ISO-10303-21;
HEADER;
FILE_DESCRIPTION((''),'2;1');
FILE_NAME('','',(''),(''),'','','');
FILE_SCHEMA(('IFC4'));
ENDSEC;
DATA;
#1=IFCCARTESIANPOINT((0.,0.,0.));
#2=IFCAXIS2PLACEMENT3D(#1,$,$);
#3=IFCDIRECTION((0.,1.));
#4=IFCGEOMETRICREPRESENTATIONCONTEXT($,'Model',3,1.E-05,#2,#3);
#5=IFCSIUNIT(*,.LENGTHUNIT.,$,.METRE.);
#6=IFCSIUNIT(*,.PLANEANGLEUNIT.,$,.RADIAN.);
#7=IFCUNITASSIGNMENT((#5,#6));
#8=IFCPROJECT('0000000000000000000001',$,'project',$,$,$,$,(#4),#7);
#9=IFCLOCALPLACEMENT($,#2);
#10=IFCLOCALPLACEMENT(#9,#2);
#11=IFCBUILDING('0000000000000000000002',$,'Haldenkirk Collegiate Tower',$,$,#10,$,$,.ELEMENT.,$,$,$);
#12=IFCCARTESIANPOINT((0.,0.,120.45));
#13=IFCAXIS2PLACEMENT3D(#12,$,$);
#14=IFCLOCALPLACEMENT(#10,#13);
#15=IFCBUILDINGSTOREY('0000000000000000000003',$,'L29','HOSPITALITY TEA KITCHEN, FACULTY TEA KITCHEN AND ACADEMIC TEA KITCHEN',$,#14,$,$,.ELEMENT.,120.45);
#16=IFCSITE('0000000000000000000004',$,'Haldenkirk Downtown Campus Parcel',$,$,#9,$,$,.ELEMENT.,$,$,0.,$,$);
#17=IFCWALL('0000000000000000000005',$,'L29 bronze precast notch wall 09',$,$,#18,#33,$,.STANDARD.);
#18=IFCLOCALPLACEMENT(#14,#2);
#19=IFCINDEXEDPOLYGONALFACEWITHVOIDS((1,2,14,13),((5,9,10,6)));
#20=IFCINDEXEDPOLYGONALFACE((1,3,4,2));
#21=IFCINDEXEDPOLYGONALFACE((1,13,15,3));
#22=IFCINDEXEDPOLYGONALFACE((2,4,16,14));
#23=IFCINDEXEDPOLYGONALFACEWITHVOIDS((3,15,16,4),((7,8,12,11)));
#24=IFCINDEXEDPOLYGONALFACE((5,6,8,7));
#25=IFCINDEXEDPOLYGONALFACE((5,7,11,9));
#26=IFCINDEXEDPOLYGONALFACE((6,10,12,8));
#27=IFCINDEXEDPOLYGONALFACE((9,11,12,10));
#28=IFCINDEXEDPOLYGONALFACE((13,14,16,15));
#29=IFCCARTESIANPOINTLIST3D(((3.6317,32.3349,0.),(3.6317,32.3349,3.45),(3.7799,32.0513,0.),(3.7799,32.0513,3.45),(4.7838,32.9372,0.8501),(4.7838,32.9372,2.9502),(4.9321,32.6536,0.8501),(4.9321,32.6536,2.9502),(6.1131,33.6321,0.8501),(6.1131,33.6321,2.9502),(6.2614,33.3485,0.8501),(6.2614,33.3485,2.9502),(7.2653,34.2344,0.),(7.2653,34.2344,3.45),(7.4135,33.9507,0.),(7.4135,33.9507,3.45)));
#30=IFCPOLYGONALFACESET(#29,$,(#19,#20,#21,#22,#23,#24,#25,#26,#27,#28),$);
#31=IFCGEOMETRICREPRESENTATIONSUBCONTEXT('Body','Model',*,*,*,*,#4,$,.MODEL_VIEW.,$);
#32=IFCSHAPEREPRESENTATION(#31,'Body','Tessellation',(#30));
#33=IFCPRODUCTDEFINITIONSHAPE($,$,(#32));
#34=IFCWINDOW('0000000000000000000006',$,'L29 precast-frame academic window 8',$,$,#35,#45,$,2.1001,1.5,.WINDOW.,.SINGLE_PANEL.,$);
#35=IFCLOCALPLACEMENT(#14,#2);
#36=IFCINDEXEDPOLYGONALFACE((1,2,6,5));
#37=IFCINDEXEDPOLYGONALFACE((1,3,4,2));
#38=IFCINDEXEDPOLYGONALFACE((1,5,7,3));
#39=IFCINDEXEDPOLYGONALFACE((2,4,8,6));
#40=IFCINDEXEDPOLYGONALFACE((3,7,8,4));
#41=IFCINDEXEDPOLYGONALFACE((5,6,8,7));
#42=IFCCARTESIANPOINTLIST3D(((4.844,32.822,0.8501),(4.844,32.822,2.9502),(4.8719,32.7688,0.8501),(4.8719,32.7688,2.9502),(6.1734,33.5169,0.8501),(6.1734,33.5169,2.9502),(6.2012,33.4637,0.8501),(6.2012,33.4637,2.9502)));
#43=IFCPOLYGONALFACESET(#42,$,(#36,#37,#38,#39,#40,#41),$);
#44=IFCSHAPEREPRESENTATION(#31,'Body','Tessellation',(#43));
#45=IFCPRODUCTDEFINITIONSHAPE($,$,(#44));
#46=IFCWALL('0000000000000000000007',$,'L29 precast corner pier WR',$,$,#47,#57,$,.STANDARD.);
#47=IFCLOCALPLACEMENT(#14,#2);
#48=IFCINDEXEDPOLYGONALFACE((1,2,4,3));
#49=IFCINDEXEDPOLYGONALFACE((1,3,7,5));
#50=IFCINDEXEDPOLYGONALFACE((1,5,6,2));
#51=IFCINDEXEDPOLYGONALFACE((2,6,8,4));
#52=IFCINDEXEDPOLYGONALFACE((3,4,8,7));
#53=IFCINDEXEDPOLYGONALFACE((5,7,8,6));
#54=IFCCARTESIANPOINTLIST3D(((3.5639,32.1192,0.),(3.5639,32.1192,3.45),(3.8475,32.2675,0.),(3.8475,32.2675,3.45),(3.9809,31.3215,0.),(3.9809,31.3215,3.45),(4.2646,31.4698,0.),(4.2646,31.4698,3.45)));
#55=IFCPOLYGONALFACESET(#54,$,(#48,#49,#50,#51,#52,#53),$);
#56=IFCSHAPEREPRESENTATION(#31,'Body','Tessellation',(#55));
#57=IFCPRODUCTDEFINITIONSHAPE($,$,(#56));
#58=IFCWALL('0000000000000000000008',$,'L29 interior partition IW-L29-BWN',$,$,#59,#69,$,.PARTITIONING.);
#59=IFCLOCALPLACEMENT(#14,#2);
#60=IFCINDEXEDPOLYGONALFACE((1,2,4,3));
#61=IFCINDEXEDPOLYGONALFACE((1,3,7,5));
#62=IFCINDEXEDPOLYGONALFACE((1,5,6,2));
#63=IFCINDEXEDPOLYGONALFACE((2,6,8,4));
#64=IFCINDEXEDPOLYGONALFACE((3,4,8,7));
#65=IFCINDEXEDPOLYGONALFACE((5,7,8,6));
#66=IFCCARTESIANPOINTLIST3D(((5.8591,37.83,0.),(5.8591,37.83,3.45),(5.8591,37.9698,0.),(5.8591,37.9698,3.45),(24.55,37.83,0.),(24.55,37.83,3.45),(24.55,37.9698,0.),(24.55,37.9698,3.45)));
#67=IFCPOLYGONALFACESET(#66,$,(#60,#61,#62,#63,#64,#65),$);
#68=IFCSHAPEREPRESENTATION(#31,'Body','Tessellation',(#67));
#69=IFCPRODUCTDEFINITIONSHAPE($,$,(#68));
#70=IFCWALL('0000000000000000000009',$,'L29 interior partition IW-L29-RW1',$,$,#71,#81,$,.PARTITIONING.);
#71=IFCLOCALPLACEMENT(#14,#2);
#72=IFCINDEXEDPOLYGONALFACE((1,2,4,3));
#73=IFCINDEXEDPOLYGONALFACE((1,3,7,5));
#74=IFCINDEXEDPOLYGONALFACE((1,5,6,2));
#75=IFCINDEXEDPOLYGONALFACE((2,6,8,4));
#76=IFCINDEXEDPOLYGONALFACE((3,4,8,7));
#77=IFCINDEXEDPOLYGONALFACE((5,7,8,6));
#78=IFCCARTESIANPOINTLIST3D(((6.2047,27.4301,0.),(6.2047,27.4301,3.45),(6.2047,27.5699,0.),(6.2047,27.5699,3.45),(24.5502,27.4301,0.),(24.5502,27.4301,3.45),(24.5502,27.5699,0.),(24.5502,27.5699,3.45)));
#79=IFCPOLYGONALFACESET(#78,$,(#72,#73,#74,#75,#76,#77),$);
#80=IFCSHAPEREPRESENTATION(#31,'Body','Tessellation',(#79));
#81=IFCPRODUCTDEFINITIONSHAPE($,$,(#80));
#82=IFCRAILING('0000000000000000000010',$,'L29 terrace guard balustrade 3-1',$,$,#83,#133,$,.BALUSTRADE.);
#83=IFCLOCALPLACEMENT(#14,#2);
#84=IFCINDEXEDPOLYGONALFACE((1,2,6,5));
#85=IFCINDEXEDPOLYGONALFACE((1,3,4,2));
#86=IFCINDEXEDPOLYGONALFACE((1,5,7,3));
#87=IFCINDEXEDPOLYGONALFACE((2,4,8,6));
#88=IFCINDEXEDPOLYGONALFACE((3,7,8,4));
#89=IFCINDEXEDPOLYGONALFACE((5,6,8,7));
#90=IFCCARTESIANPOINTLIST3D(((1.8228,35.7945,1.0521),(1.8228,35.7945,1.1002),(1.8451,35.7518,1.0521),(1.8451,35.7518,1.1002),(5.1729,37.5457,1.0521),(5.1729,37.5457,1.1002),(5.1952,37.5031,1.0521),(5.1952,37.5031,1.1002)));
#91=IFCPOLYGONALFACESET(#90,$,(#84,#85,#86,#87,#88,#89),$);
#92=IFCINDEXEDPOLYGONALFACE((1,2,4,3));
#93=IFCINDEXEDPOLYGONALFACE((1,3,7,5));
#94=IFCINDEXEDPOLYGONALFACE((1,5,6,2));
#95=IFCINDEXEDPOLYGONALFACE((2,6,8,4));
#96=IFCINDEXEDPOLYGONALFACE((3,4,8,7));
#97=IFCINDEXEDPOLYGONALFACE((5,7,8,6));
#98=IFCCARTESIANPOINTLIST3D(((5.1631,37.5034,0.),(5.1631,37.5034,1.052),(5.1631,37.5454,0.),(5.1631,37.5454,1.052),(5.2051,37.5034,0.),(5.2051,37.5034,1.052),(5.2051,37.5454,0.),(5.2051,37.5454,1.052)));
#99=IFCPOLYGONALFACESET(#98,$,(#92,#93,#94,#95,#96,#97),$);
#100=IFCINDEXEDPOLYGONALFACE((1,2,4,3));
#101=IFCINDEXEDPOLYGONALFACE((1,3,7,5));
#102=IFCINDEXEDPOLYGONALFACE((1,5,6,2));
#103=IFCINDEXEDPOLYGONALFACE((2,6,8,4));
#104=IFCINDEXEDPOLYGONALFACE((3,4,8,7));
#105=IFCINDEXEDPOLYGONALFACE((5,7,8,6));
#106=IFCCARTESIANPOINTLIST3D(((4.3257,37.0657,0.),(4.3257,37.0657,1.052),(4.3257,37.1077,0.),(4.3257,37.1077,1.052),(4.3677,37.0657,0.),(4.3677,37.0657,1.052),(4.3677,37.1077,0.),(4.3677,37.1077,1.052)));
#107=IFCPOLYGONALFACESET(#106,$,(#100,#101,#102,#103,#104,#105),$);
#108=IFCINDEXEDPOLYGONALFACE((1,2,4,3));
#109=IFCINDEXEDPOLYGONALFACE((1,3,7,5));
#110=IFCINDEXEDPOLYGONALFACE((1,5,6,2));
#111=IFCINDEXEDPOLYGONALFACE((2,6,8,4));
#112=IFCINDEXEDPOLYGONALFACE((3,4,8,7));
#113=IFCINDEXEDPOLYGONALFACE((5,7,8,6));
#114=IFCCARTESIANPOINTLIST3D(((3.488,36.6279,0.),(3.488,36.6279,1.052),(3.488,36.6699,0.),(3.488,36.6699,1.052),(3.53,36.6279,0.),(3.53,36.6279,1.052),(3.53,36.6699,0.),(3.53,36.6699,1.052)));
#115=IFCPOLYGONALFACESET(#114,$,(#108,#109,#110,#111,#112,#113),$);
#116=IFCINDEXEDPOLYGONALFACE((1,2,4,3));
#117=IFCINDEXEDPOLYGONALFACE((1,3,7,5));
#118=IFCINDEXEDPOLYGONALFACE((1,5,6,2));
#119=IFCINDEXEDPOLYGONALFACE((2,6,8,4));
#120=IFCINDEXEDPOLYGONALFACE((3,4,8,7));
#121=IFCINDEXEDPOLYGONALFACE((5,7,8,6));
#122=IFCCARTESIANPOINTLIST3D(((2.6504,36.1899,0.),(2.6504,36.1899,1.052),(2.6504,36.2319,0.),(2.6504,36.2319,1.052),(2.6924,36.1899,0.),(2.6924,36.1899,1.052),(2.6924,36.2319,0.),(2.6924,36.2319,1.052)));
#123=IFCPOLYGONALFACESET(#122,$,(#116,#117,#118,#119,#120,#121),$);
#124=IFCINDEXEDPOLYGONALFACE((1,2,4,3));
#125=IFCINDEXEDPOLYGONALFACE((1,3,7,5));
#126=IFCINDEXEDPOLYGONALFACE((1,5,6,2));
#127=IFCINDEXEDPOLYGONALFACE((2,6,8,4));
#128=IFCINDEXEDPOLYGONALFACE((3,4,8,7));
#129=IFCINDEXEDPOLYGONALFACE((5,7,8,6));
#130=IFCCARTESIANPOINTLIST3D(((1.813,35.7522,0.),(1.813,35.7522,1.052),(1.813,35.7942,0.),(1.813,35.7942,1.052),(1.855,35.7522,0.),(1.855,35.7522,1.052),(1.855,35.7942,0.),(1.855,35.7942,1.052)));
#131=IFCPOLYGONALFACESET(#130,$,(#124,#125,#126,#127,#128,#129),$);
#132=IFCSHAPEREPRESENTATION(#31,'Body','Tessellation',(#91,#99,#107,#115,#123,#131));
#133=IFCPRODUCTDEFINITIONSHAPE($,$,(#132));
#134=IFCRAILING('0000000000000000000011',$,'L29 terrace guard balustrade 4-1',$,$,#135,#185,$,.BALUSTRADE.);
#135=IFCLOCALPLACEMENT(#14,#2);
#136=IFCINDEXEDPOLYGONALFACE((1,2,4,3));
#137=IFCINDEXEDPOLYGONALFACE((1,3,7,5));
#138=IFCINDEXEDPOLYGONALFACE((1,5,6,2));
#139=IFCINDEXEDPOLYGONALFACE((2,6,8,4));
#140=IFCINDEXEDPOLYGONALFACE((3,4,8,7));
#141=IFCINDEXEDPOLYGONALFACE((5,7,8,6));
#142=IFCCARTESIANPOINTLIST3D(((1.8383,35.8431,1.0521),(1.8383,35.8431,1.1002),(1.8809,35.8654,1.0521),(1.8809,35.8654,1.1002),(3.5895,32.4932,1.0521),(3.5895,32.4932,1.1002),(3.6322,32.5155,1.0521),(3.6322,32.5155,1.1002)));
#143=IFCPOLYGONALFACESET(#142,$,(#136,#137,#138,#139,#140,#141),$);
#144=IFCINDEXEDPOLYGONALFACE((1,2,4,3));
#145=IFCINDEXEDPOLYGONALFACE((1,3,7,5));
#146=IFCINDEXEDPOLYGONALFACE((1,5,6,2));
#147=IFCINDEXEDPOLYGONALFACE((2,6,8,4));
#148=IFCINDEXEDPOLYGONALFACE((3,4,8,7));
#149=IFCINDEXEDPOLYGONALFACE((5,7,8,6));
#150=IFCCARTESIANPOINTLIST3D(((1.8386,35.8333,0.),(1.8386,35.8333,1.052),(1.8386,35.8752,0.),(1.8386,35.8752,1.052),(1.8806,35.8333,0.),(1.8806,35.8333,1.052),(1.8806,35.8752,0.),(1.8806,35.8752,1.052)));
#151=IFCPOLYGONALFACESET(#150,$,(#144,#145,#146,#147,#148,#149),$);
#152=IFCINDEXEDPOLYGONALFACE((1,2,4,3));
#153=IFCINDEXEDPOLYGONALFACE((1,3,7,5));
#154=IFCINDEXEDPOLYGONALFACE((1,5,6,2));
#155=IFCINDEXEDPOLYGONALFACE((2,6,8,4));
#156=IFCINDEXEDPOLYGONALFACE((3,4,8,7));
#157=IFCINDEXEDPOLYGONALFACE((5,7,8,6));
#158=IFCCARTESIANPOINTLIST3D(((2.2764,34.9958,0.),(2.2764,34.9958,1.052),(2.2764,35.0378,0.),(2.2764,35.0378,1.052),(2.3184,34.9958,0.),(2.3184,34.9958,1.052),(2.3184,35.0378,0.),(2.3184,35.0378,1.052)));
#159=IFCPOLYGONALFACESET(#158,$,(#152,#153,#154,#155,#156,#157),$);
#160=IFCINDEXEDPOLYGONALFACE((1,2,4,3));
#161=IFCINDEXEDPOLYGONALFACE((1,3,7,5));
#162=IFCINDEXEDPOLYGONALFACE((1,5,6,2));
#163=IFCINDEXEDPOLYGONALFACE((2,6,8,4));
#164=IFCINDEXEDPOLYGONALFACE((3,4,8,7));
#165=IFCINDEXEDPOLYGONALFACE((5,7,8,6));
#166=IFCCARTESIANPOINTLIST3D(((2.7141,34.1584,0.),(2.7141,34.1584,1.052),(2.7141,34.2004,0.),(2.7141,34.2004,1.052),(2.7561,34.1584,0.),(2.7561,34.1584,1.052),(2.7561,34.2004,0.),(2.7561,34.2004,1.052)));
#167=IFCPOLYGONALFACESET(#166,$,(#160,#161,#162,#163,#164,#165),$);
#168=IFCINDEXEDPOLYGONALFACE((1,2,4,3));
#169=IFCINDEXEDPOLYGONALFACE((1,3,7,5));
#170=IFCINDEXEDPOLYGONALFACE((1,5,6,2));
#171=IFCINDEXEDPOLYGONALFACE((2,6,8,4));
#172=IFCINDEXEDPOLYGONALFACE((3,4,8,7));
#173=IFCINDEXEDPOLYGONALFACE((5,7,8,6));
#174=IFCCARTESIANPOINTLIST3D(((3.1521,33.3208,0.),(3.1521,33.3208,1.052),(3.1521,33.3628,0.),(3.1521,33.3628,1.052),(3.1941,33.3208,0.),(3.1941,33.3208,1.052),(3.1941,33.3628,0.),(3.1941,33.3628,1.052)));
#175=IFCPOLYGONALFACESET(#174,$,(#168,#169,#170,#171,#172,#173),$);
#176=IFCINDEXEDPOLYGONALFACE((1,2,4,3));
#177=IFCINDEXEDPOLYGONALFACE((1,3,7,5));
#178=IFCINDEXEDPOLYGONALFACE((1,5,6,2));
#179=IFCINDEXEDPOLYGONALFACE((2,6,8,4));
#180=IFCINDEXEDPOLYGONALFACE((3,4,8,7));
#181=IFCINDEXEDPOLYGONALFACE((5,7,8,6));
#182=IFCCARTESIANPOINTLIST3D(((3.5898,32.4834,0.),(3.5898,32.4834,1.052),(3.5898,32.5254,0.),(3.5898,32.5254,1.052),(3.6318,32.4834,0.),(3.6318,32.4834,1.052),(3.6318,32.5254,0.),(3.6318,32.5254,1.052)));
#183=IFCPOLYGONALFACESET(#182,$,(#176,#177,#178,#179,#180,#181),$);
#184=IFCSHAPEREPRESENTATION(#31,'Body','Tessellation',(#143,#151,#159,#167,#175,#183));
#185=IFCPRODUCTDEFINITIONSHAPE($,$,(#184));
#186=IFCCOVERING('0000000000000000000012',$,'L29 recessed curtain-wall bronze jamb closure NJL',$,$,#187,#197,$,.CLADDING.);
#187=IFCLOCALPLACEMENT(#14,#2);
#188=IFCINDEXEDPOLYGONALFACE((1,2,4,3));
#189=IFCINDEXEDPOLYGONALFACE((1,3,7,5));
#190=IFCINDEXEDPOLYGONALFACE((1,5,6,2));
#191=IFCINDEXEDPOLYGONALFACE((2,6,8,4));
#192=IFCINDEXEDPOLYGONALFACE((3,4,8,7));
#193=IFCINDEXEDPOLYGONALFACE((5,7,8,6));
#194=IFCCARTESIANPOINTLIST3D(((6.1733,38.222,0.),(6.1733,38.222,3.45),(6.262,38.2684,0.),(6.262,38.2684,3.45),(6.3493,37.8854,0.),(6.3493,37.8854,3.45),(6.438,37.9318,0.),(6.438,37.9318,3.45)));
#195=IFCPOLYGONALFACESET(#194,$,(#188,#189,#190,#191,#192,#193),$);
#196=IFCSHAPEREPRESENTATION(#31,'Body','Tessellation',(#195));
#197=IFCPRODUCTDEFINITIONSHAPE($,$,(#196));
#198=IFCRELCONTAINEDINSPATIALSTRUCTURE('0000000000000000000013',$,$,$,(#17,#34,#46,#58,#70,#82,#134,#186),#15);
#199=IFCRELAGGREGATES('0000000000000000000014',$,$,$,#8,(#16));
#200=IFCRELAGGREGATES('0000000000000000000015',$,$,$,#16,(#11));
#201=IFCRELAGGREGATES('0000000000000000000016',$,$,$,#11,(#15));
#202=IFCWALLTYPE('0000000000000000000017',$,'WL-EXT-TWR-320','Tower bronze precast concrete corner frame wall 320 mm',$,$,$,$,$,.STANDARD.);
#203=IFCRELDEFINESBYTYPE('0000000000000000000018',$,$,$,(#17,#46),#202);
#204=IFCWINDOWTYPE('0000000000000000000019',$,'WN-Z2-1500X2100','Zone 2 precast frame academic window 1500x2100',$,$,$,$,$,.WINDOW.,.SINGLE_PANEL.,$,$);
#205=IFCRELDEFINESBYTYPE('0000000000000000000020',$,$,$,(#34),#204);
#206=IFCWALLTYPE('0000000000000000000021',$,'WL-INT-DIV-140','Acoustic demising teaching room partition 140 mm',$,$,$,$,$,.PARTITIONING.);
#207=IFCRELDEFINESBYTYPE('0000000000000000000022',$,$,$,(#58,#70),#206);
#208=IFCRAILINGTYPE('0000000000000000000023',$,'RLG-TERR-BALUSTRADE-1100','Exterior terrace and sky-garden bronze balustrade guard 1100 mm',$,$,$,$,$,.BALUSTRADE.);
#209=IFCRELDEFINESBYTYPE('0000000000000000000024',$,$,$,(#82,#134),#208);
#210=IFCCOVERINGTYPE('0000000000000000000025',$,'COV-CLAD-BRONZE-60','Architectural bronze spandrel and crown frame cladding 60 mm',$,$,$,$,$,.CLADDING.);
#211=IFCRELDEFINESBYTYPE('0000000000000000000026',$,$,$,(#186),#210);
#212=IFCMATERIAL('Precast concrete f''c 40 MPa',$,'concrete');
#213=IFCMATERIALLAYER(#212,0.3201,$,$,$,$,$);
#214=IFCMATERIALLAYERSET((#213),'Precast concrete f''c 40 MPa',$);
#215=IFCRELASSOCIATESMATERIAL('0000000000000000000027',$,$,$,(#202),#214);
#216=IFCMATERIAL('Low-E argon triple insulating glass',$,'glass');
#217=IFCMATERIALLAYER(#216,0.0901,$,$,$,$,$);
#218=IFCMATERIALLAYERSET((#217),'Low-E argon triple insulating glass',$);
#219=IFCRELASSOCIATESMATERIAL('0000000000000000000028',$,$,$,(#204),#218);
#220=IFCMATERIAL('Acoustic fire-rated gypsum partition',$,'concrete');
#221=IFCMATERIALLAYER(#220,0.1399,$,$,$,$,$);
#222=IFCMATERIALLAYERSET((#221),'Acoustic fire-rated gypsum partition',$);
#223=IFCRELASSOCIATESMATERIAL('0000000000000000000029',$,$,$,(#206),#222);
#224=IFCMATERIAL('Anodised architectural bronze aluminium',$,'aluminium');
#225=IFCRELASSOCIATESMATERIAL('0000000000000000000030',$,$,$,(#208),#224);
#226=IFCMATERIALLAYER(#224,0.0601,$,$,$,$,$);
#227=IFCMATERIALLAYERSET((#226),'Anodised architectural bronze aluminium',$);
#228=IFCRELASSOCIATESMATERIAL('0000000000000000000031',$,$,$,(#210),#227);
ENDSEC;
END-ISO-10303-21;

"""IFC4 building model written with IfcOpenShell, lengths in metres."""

from ifc_helpers import new_model, si_unit, direction, frame, frame_2d, origin, origin_2d, place, context, subcontext, project, spatial, rectangle, extrude, source, transform, mapped, material, layer, layer_set, type_object, element, fill, save


model = new_model("IFC4")

# Units and contexts
model_context = context("Model", 3, precision=1e-05, world=origin(), true_north=direction((0.0, 1.0)))
body_context = subcontext(model_context, "Body", "Model", "MODEL_VIEW")
ifc_project = project(units=[si_unit("LENGTHUNIT", "METRE"), si_unit("PLANEANGLEUNIT", "RADIAN")], contexts=[model_context])

# Site, building, storey
site_placement = place(None, origin())
site = spatial("IfcSite", under=ifc_project, at=site_placement, Name="Haldenkirk Downtown Campus Parcel", CompositionType="ELEMENT", RefElevation=0.0)
building_placement = place(site_placement, origin())
building = spatial("IfcBuilding", under=site, at=building_placement, Name="Haldenkirk Collegiate Tower", CompositionType="ELEMENT")
storey_placement = place(building_placement, frame((0.0, 0.0, 120.45)))
storey = spatial("IfcBuildingStorey", under=building, at=storey_placement, Name="L29", Description="HOSPITALITY TEA KITCHEN, FACULTY TEA KITCHEN AND ACADEMIC TEA KITCHEN", CompositionType="ELEMENT", Elevation=120.45)

# Shared definitions
ifc_material_1 = material(Name="Anodised architectural bronze aluminium", Category="aluminium")

# Shared definitions
ifc_material_2 = material(Name="Low-E argon triple insulating glass", Category="glass")

# Shared definitions
ifc_material_3 = material(Name="Precast concrete f'c 40 MPa", Category="concrete")
ifc_layer_1 = layer(ifc_material_3, 0.3201)
ifc_layer_set_1 = layer_set([ifc_layer_1], Name="Precast concrete f'c 40 MPa")
wall_type_1 = type_object("IfcWallType", Name="WL-EXT-TWR-320", Description="Tower bronze precast concrete corner frame wall 320 mm", PredefinedType="STANDARD", material=ifc_layer_set_1)

# Wall, opening, window
wall_1_placement = place(storey_placement, frame((3.7058, 32.1931, 0.0), z_axis=(0.0, 0.0, 1.0), x_axis=(0.886219, 0.463266, 0.0)))
wall_1 = element("IfcWall", 1, at=wall_1_placement, inside=storey, type_object=wall_type_1, Name="L29 bronze precast notch wall 09", PredefinedType="STANDARD", context=body_context, shape_type="SweptSolid", body=[
    extrude(rectangle(XDim=4.1001, YDim=0.3201, at=frame_2d((2.05, 0.0))), origin(), (0.0, 0.0, 1.0), 3.45),
])
opening_1_placement = place(wall_1_placement, frame((1.3, 0.0, 0.8501)))
opening_1 = element("IfcOpeningElement", 2, at=opening_1_placement, cuts=wall_1, PredefinedType="OPENING", context=body_context, shape_type="SweptSolid", body=[
    extrude(rectangle(XDim=1.5, YDim=2.1001, at=frame_2d((0.75, 1.05))), frame((0.0, 0.1699, 0.0), z_axis=(0.0, -1.0, 0.0), x_axis=(1.0, 0.0, 0.0)), (0.0, 0.0, 1.0), 0.3401),
])
ifc_layer_2 = layer(ifc_material_2, 0.0901)
ifc_layer_set_2 = layer_set([ifc_layer_2], Name="Low-E argon triple insulating glass")
window_type = type_object("IfcWindowType", Name="WN-Z2-1500X2100", Description="Zone 2 precast frame academic window 1500x2100", PartitioningType="SINGLE_PANEL", PredefinedType="WINDOW", material=ifc_layer_set_2)
window_placement = place(opening_1_placement, origin())
window = element("IfcWindow", 3, at=window_placement, inside=storey, type_object=window_type, Name="L29 precast-frame academic window 8", OverallHeight=2.1001, OverallWidth=1.5, PartitioningType="SINGLE_PANEL", PredefinedType="WINDOW", context=body_context, shape_type="SweptSolid", body=[
    extrude(rectangle(XDim=1.5, YDim=2.1001, at=frame_2d((0.75, 1.05))), frame((0.0, 0.03, 0.0), z_axis=(0.0, -1.0, 0.0), x_axis=(1.0, 0.0, 0.0)), (0.0, 0.0, 1.0), 0.0601),
])
fill(opening_1, window)

# Walls
wall_2_placement = place(storey_placement, frame((4.1228, 31.3955, 0.0), z_axis=(0.0, 0.0, 1.0), x_axis=(-0.463307, 0.886198, 0.0)))
element("IfcWall", 4, at=wall_2_placement, inside=storey, type_object=wall_type_1, Name="L29 precast corner pier WR", PredefinedType="STANDARD", context=body_context, shape_type="SweptSolid", body=[
    extrude(rectangle(XDim=0.9001, YDim=0.3201, at=frame_2d((0.4502, 0.0))), origin(), (0.0, 0.0, 1.0), 3.45),
])
ifc_material_4 = material(Name="Acoustic fire-rated gypsum partition", Category="concrete")
ifc_layer_3 = layer(ifc_material_4, 0.1399)
ifc_layer_set_3 = layer_set([ifc_layer_3], Name="Acoustic fire-rated gypsum partition")
wall_type_2 = type_object("IfcWallType", Name="WL-INT-DIV-140", Description="Acoustic demising teaching room partition 140 mm", PredefinedType="PARTITIONING", material=ifc_layer_set_3)
wall_3_placement = place(storey_placement, frame((5.8591, 37.8999, 0.0), z_axis=(0.0, 0.0, 1.0), x_axis=(1.0, 0.0, 0.0)))
element("IfcWall", 5, at=wall_3_placement, inside=storey, type_object=wall_type_2, Name="L29 interior partition IW-L29-BWN", PredefinedType="PARTITIONING", context=body_context, shape_type="SweptSolid", body=[
    extrude(rectangle(XDim=18.6909, YDim=0.1399, at=frame_2d((9.3455, 0.0))), origin(), (0.0, 0.0, 1.0), 3.45),
])
wall_4_placement = place(storey_placement, frame((6.2046, 27.5, 0.0), z_axis=(0.0, 0.0, 1.0), x_axis=(1.0, 0.0, 0.0)))
element("IfcWall", 6, at=wall_4_placement, inside=storey, type_object=wall_type_2, Name="L29 interior partition IW-L29-RW1", PredefinedType="PARTITIONING", context=body_context, shape_type="SweptSolid", body=[
    extrude(rectangle(XDim=18.3455, YDim=0.1399, at=frame_2d((9.1729, 0.0))), origin(), (0.0, 0.0, 1.0), 3.45),
])

# Railings
railing_type = type_object("IfcRailingType", Name="RLG-TERR-BALUSTRADE-1100", Description="Exterior terrace and sky-garden bronze balustrade guard 1100 mm", PredefinedType="BALUSTRADE", material=ifc_material_1)
railing_1_placement = place(storey_placement, frame((5.1841, 37.5244, 0.0)))
element("IfcRailing", 7, at=railing_1_placement, inside=storey, type_object=railing_type, Name="L29 terrace guard balustrade 3-1", PredefinedType="BALUSTRADE", context=body_context, shape_type="SweptSolid", body=[
    extrude(rectangle(XDim=0.0481, YDim=0.0481, at=origin_2d()), frame((0.0, 0.0, 1.0762), z_axis=(-0.886222, -0.463261, 0.0), x_axis=(0.463261, -0.886222, 0.0)), (0.0, 0.0, 1.0), 3.7803),
    extrude(rectangle(XDim=0.042, YDim=0.042, at=origin_2d()), origin(), (0.0, 0.0, 1.0), 1.052),
    extrude(rectangle(XDim=0.042, YDim=0.042, at=origin_2d()), frame((-0.8374, -0.4377, 0.0)), (0.0, 0.0, 1.0), 1.052),
    extrude(rectangle(XDim=0.042, YDim=0.042, at=origin_2d()), frame((-1.675, -0.8755, 0.0)), (0.0, 0.0, 1.0), 1.052),
    extrude(rectangle(XDim=0.042, YDim=0.042, at=origin_2d()), frame((-2.5127, -1.3135, 0.0)), (0.0, 0.0, 1.0), 1.052),
    extrude(rectangle(XDim=0.042, YDim=0.042, at=origin_2d()), frame((-3.3501, -1.7512, 0.0)), (0.0, 0.0, 1.0), 1.052),
])
railing_2_placement = place(storey_placement, frame((1.8596, 35.8542, 0.0)))
element("IfcRailing", 8, at=railing_2_placement, inside=storey, type_object=railing_type, Name="L29 terrace guard balustrade 4-1", PredefinedType="BALUSTRADE", context=body_context, shape_type="SweptSolid", body=[
    extrude(rectangle(XDim=0.0481, YDim=0.0481, at=origin_2d()), frame((0.0, 0.0, 1.0762), z_axis=(0.463288, -0.886208, 0.0), x_axis=(0.886208, 0.463288, 0.0)), (0.0, 0.0, 1.0), 3.78),
    extrude(rectangle(XDim=0.042, YDim=0.042, at=origin_2d()), origin(), (0.0, 0.0, 1.0), 1.052),
    extrude(rectangle(XDim=0.042, YDim=0.042, at=origin_2d()), frame((0.4377, -0.8374, 0.0)), (0.0, 0.0, 1.0), 1.052),
    extrude(rectangle(XDim=0.042, YDim=0.042, at=origin_2d()), frame((0.8755, -1.6748, 0.0)), (0.0, 0.0, 1.0), 1.052),
    extrude(rectangle(XDim=0.042, YDim=0.042, at=origin_2d()), frame((1.3135, -2.5125, 0.0)), (0.0, 0.0, 1.0), 1.052),
    extrude(rectangle(XDim=0.042, YDim=0.042, at=origin_2d()), frame((1.7512, -3.3499, 0.0)), (0.0, 0.0, 1.0), 1.052),
])

# Covering
ifc_layer_4 = layer(ifc_material_1, 0.0601)
ifc_layer_set_4 = layer_set([ifc_layer_4], Name="Anodised architectural bronze aluminium")
covering_type = type_object("IfcCoveringType", Name="COV-CLAD-BRONZE-60", Description="Architectural bronze spandrel and crown frame cladding 60 mm", PredefinedType="CLADDING", material=ifc_layer_set_4)
shared_shape_1 = source(origin(), body_context, "Body", "SweptSolid", [
    extrude(rectangle(XDim=0.1001, YDim=0.3799, at=origin_2d()), origin(), (0.0, 0.0, 1.0), 3.45),
])
for number, where, z_axis, x_axis, name in (
    (9, (6.3057, 38.0769, 0.0), (0.0, 0.0, 1.0), (0.886204, 0.463296, 0.0), "L29 recessed curtain-wall bronze jamb closure NJL"),
):
    element("IfcCovering", number, at=place(storey_placement, frame(where, z_axis=z_axis, x_axis=x_axis)), inside=storey, type_object=covering_type, Name=name, PredefinedType="CLADDING", context=body_context, shape_type="MappedRepresentation", body=[
        mapped(shared_shape_1, transform((0.0, 0.0, 0.0), x_axis=(1.0, 0.0, 0.0), y_axis=(0.0, 1.0, 0.0), z_axis=(0.0, 0.0, 1.0), scale=1.0)),
    ])

save(model, "model.ifc")
